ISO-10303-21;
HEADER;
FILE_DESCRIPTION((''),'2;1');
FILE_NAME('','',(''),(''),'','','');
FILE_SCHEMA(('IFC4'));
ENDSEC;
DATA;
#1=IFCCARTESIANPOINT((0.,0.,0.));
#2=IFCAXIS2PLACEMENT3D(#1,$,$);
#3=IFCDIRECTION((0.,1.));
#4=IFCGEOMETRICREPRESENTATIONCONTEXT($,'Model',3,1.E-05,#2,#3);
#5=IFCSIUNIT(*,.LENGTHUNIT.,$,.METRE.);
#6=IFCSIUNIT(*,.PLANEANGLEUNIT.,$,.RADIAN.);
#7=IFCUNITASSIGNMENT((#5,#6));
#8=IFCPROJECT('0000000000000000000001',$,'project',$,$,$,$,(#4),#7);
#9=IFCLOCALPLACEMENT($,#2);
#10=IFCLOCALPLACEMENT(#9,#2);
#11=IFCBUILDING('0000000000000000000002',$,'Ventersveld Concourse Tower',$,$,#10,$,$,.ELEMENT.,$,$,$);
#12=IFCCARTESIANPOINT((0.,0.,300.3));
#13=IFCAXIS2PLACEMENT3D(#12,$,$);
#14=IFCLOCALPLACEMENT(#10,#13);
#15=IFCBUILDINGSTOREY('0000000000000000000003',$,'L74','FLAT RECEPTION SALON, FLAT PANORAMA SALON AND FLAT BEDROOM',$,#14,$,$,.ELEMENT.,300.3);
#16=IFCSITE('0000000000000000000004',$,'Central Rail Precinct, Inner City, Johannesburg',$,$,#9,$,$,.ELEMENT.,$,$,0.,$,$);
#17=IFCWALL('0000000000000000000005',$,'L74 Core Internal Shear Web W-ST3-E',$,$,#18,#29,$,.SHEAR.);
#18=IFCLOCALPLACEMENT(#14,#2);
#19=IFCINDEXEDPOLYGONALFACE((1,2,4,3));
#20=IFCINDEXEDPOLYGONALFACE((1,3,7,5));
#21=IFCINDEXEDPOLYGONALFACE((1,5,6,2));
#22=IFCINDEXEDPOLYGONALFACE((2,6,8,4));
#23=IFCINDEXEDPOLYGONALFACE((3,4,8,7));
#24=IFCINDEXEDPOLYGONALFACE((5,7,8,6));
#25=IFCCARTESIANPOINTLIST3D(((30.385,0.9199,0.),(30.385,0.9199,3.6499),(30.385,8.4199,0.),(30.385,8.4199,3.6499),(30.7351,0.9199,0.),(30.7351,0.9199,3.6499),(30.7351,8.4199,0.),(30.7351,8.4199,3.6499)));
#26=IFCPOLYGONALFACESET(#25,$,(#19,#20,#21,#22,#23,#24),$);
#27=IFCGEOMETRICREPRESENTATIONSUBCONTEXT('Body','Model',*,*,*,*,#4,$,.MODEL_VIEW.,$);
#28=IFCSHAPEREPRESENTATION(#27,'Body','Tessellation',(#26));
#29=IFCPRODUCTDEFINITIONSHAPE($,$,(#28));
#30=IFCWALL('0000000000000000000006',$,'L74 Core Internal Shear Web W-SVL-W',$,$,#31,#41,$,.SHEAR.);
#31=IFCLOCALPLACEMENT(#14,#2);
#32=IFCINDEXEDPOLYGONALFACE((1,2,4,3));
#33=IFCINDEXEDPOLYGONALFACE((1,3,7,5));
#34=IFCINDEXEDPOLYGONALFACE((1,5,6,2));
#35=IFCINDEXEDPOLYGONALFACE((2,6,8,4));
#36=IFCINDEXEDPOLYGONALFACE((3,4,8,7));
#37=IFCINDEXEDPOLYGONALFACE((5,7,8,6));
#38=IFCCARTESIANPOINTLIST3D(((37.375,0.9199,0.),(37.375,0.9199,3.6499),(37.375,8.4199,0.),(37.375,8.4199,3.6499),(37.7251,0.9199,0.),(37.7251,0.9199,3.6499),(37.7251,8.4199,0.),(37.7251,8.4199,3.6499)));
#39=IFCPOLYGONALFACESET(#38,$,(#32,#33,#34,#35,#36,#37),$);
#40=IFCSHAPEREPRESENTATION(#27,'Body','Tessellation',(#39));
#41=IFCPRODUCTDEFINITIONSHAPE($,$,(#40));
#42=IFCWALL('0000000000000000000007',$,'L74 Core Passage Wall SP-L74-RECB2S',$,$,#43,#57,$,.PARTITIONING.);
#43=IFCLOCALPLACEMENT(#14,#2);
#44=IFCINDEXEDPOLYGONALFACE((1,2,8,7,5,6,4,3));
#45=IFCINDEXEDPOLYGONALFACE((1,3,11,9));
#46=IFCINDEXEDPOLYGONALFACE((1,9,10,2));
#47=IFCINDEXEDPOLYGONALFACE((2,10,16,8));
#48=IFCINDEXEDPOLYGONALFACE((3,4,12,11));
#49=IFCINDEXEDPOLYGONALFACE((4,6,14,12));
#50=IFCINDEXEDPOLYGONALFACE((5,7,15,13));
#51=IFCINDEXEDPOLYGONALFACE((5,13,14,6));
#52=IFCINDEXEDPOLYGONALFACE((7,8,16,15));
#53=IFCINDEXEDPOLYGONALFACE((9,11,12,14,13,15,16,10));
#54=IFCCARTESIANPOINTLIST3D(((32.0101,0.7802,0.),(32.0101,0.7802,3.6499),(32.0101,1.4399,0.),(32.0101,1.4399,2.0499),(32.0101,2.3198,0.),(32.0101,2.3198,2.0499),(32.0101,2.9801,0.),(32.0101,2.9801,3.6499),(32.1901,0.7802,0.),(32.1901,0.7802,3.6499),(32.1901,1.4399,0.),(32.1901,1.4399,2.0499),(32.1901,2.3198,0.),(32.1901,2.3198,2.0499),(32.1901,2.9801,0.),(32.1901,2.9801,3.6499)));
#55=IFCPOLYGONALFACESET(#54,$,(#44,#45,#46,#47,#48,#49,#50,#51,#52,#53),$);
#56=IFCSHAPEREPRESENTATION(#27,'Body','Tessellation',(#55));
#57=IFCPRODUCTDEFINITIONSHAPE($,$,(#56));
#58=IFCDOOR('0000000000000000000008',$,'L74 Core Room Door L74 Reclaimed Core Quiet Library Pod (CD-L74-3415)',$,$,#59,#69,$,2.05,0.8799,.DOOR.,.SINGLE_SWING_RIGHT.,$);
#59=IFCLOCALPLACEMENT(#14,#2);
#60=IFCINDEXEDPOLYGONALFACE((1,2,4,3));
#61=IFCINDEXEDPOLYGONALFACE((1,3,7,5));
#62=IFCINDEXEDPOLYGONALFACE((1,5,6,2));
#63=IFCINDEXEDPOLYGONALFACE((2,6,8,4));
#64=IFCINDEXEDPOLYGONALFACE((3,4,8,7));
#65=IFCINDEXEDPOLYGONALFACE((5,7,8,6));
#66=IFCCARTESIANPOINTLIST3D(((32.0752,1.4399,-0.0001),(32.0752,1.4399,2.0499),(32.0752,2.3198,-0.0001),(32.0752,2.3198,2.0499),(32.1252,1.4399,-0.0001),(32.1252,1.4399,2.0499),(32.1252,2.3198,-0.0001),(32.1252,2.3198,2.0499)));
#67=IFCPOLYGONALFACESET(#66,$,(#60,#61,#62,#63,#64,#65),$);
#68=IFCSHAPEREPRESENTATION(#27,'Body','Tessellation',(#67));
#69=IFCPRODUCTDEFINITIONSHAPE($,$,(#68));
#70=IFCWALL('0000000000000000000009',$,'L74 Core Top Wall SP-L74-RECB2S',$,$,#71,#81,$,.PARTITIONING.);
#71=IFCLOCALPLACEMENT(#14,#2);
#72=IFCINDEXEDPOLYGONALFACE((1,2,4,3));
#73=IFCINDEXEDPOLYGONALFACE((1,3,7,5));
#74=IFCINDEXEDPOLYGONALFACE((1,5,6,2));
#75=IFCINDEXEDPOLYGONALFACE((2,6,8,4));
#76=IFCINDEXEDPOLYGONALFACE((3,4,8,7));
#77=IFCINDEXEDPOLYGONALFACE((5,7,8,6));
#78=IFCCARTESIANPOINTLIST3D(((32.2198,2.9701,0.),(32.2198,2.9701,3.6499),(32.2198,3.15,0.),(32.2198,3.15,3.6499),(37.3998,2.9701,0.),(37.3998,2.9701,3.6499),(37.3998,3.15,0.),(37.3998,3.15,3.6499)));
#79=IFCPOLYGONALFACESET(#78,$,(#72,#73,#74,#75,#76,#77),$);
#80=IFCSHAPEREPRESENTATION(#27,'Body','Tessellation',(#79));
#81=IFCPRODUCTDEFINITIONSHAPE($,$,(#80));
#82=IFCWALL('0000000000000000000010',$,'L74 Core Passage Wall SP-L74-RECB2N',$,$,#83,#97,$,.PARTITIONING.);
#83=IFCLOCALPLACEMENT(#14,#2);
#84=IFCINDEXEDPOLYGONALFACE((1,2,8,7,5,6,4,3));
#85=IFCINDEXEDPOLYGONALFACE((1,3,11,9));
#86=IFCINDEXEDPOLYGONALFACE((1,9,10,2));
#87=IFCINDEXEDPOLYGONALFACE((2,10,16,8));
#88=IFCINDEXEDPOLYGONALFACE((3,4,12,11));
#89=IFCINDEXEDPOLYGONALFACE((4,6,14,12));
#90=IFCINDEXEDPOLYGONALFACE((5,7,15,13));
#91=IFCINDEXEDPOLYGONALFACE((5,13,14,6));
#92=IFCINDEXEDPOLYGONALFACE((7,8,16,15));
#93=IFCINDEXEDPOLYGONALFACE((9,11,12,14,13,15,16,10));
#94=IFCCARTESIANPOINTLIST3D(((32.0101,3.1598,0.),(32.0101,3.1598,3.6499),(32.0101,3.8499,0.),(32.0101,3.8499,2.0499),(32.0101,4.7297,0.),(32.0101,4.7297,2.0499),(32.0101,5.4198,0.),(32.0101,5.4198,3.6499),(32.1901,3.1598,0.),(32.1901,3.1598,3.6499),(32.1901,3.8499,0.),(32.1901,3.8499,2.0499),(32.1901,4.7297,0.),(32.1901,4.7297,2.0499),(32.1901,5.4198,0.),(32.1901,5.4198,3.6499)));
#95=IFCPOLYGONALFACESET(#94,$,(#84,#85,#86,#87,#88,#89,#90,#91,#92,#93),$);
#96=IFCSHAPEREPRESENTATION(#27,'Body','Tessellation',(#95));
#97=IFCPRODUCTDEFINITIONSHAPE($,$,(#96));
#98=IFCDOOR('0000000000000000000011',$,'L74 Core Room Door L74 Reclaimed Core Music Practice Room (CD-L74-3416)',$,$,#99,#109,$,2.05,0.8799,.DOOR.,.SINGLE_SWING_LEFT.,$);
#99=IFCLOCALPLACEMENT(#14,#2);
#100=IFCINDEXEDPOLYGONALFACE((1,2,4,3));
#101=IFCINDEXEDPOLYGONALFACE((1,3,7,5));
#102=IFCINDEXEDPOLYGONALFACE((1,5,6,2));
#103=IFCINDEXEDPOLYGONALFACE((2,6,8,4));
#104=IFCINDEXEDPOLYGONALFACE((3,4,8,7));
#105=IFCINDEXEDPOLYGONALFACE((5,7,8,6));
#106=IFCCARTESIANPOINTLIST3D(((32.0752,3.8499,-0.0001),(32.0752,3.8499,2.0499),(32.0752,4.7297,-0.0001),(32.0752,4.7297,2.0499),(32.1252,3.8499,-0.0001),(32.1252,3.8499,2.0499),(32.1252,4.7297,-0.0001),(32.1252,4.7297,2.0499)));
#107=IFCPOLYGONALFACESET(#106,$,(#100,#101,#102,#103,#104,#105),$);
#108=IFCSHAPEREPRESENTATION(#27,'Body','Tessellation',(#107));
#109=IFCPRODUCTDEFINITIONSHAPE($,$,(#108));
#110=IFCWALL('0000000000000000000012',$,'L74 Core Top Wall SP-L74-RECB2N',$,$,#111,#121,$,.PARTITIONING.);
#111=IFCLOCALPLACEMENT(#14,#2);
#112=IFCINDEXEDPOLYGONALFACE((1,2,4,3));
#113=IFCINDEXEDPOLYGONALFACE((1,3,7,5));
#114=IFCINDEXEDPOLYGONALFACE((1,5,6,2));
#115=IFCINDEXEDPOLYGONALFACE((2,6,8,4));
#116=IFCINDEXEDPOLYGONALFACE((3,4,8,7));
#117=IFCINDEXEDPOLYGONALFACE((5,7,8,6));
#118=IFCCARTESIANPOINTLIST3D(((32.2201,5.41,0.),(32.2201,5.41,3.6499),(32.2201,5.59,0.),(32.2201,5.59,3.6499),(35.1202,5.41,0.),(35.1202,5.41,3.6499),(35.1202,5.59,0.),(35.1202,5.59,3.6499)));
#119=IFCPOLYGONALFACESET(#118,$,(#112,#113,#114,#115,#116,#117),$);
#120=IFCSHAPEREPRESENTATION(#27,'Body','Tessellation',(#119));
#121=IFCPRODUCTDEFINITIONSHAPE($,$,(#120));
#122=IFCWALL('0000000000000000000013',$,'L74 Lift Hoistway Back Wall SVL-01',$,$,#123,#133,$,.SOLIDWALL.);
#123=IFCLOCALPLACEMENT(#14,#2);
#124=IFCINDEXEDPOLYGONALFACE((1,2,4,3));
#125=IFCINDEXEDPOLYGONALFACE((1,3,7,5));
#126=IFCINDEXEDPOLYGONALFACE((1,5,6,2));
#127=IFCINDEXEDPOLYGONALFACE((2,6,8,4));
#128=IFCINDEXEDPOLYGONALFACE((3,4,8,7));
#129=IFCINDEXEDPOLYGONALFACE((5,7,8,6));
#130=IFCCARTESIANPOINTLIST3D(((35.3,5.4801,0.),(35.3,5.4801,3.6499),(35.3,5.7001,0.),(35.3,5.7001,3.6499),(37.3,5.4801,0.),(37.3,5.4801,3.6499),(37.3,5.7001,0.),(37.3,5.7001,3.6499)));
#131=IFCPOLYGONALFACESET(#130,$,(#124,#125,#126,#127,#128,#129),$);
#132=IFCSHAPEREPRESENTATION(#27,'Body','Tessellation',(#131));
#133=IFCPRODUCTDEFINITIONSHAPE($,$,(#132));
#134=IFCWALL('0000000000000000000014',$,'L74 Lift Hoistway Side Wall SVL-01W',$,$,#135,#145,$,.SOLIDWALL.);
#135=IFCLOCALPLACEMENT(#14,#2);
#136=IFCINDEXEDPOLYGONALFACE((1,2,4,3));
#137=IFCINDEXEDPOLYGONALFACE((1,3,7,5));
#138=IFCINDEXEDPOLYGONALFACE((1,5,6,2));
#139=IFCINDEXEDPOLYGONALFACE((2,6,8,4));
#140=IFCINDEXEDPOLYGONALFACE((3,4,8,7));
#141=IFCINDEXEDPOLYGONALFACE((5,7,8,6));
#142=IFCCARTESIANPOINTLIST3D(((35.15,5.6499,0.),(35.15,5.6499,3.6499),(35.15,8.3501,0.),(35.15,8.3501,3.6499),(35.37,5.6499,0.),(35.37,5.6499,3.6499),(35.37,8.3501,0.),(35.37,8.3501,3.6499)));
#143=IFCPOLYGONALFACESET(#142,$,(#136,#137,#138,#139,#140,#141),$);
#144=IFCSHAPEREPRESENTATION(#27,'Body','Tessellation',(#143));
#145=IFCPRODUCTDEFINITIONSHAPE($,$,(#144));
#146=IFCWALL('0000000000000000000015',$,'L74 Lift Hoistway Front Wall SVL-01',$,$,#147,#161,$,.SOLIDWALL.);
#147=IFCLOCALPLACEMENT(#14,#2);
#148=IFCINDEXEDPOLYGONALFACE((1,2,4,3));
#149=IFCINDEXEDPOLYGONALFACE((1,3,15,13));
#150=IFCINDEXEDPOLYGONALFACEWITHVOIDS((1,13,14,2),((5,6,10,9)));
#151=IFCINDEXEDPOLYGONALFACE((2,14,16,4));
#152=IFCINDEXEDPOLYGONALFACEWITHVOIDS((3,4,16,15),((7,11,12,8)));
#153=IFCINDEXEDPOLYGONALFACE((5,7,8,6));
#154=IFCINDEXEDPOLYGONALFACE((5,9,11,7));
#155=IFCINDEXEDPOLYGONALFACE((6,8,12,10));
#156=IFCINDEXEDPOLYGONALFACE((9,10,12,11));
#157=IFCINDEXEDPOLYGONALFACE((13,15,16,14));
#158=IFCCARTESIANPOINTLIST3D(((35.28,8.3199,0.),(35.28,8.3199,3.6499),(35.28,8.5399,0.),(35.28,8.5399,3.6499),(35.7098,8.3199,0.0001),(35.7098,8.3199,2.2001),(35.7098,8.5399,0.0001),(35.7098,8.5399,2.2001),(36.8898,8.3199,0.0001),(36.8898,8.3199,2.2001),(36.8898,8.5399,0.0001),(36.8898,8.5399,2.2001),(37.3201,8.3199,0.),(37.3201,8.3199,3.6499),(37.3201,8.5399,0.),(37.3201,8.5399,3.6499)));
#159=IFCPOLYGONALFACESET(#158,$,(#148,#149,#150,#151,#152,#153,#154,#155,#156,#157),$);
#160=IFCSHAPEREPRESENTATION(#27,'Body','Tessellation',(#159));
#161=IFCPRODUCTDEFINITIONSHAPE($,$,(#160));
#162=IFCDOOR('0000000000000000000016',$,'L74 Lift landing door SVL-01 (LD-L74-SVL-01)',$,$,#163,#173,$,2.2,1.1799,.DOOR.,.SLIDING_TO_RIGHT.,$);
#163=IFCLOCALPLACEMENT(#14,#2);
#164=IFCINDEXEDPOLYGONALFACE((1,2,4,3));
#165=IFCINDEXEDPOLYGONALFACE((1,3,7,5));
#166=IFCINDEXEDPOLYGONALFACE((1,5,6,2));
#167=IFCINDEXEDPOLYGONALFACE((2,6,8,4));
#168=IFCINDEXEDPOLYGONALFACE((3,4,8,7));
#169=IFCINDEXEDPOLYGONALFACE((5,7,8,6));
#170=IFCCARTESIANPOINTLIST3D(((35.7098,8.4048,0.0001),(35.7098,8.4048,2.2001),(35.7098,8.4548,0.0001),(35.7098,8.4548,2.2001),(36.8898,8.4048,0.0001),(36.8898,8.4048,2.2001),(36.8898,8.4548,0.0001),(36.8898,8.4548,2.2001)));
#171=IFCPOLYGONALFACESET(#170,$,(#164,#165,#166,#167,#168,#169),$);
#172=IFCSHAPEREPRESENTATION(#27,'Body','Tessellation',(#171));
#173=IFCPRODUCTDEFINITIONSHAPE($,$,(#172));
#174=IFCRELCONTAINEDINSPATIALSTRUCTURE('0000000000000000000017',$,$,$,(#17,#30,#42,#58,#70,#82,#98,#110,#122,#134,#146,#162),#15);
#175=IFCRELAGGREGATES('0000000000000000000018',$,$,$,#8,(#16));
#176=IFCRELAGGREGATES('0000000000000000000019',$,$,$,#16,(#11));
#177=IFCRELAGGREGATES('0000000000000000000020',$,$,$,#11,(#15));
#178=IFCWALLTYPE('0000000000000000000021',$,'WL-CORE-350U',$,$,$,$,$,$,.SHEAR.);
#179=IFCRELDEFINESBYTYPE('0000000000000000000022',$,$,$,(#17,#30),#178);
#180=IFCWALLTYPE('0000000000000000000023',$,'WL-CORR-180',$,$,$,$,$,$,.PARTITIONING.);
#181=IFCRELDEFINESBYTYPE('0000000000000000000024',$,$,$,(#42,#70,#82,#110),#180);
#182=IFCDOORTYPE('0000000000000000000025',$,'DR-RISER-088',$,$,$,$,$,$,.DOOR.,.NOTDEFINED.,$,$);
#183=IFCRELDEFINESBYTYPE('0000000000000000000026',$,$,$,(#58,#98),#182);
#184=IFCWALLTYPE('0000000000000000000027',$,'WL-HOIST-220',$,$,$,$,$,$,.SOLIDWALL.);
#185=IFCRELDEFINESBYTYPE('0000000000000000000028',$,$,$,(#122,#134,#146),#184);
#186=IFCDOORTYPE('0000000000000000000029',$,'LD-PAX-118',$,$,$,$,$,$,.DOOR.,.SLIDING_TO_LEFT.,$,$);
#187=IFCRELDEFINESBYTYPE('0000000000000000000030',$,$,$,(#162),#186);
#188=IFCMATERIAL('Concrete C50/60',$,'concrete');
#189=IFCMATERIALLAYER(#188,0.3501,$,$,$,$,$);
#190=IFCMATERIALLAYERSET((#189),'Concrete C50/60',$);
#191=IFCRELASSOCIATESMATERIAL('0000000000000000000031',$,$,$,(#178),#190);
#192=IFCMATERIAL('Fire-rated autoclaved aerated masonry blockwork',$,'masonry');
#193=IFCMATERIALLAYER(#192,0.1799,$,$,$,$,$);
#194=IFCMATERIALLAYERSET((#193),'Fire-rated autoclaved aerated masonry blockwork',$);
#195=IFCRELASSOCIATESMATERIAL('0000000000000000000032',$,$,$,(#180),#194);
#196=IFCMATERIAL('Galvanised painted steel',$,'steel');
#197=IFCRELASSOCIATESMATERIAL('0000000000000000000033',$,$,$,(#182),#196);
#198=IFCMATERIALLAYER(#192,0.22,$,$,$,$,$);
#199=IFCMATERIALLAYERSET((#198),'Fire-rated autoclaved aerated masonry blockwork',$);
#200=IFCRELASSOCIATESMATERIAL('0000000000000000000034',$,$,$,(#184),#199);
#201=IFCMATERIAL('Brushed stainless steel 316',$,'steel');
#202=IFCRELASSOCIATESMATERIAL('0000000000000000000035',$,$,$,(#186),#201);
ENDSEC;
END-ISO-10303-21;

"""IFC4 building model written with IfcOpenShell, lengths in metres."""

from ifc_helpers import new_model, si_unit, direction, frame, frame_2d, origin, place, context, subcontext, project, spatial, rectangle, extrude, material, layer, layer_set, type_object, element, fill, save


model = new_model("IFC4")

# Units and contexts
model_context = context("Model", 3, precision=1e-05, world=origin(), true_north=direction((0.0, 1.0)))
body_context = subcontext(model_context, "Body", "Model", "MODEL_VIEW")
ifc_project = project(units=[si_unit("LENGTHUNIT", "METRE"), si_unit("PLANEANGLEUNIT", "RADIAN")], contexts=[model_context])

# Site, building, storey
site_placement = place(None, origin())
site = spatial("IfcSite", under=ifc_project, at=site_placement, Name="Central Rail Precinct, Inner City, Johannesburg", CompositionType="ELEMENT", RefElevation=0.0)
building_placement = place(site_placement, origin())
building = spatial("IfcBuilding", under=site, at=building_placement, Name="Ventersveld Concourse Tower", CompositionType="ELEMENT")
storey_placement = place(building_placement, frame((0.0, 0.0, 300.3)))
storey = spatial("IfcBuildingStorey", under=building, at=storey_placement, Name="L74", Description="FLAT RECEPTION SALON, FLAT PANORAMA SALON AND FLAT BEDROOM", CompositionType="ELEMENT", Elevation=300.3)

# Shared definitions
ifc_material_1 = material(Name="Concrete C50/60", Category="concrete")

# Walls
ifc_layer_1 = layer(ifc_material_1, 0.3501)
ifc_layer_set_1 = layer_set([ifc_layer_1], Name="Concrete C50/60")
wall_type_1 = type_object("IfcWallType", Name="WL-CORE-350U", PredefinedType="SHEAR", material=ifc_layer_set_1)
for number, where, z_axis, x_axis, name in (
    (1, (30.5601, 0.9199, 0.0), (0.0, 0.0, 1.0), (0.0, 1.0, 0.0), "L74 Core Internal Shear Web W-ST3-E"),
    (2, (37.55, 0.9199, 0.0), (0.0, 0.0, 1.0), (0.0, 1.0, 0.0), "L74 Core Internal Shear Web W-SVL-W"),
):
    element("IfcWall", number, at=place(storey_placement, frame(where, z_axis=z_axis, x_axis=x_axis)), inside=storey, type_object=wall_type_1, Name=name, PredefinedType="SHEAR", context=body_context, shape_type="SweptSolid", body=[
        extrude(rectangle(XDim=7.5, YDim=0.3501, at=frame_2d((3.75, 0.0))), origin(), (0.0, 0.0, 1.0), 3.6499),
    ])

# Wall, opening, door
ifc_material_2 = material(Name="Fire-rated autoclaved aerated masonry blockwork", Category="masonry")
ifc_layer_2 = layer(ifc_material_2, 0.1799)
ifc_layer_set_2 = layer_set([ifc_layer_2], Name="Fire-rated autoclaved aerated masonry blockwork")
wall_type_2 = type_object("IfcWallType", Name="WL-CORR-180", PredefinedType="PARTITIONING", material=ifc_layer_set_2)
wall_1_placement = place(storey_placement, frame((32.1001, 0.78, 0.0), z_axis=(0.0, 0.0, 1.0), x_axis=(0.0, 1.0, 0.0)))
wall_1 = element("IfcWall", 3, at=wall_1_placement, inside=storey, type_object=wall_type_2, Name="L74 Core Passage Wall SP-L74-RECB2S", PredefinedType="PARTITIONING", context=body_context, shape_type="SweptSolid", body=[
    extrude(rectangle(XDim=2.2, YDim=0.1799, at=frame_2d((1.1001, 0.0))), origin(), (0.0, 0.0, 1.0), 3.6499),
])
opening_1_placement = place(wall_1_placement, frame((0.6599, 0.0, 0.0)))
opening_1 = element("IfcOpeningElement", 4, at=opening_1_placement, cuts=wall_1, PredefinedType="OPENING", context=body_context, shape_type="SweptSolid", body=[
    extrude(rectangle(XDim=0.8799, YDim=2.05, at=frame_2d((0.4399, 1.0249))), frame((0.0, 0.1001, 0.0), z_axis=(0.0, -1.0, 0.0), x_axis=(1.0, 0.0, 0.0)), (0.0, 0.0, 1.0), 0.2),
])
ifc_material_3 = material(Name="Galvanised painted steel", Category="steel")
door_type_1 = type_object("IfcDoorType", Name="DR-RISER-088", OperationType="NOTDEFINED", PredefinedType="DOOR", material=ifc_material_3)
door_1_placement = place(opening_1_placement, origin())
door_1 = element("IfcDoor", 5, at=door_1_placement, inside=storey, type_object=door_type_1, Name="L74 Core Room Door L74 Reclaimed Core Quiet Library Pod (CD-L74-3415)", OperationType="SINGLE_SWING_RIGHT", OverallHeight=2.05, OverallWidth=0.8799, PredefinedType="DOOR", context=body_context, shape_type="SweptSolid", body=[
    extrude(rectangle(XDim=0.8799, YDim=2.05, at=frame_2d((0.4399, 1.0249))), frame((0.0, 0.0249, 0.0), z_axis=(0.0, -1.0, 0.0), x_axis=(1.0, 0.0, 0.0)), (0.0, 0.0, 1.0), 0.05),
])
fill(opening_1, door_1)

# Wall
wall_2_placement = place(storey_placement, frame((32.22, 3.0601, 0.0), z_axis=(0.0, 0.0, 1.0), x_axis=(1.0, 0.0, 0.0)))
element("IfcWall", 6, at=wall_2_placement, inside=storey, type_object=wall_type_2, Name="L74 Core Top Wall SP-L74-RECB2S", PredefinedType="PARTITIONING", context=body_context, shape_type="SweptSolid", body=[
    extrude(rectangle(XDim=5.1799, YDim=0.1799, at=frame_2d((2.5898, 0.0))), origin(), (0.0, 0.0, 1.0), 3.6499),
])

# Wall, opening, door
wall_3_placement = place(storey_placement, frame((32.1001, 3.1599, 0.0), z_axis=(0.0, 0.0, 1.0), x_axis=(0.0, 1.0, 0.0)))
wall_3 = element("IfcWall", 7, at=wall_3_placement, inside=storey, type_object=wall_type_2, Name="L74 Core Passage Wall SP-L74-RECB2N", PredefinedType="PARTITIONING", context=body_context, shape_type="SweptSolid", body=[
    extrude(rectangle(XDim=2.26, YDim=0.1799, at=frame_2d((1.1299, 0.0))), origin(), (0.0, 0.0, 1.0), 3.6499),
])
opening_2_placement = place(wall_3_placement, frame((0.6899, 0.0, 0.0)))
opening_2 = element("IfcOpeningElement", 8, at=opening_2_placement, cuts=wall_3, PredefinedType="OPENING", context=body_context, shape_type="SweptSolid", body=[
    extrude(rectangle(XDim=0.8799, YDim=2.05, at=frame_2d((0.4399, 1.0249))), frame((0.0, 0.1001, 0.0), z_axis=(0.0, -1.0, 0.0), x_axis=(1.0, 0.0, 0.0)), (0.0, 0.0, 1.0), 0.2),
])
door_2_placement = place(opening_2_placement, origin())
door_2 = element("IfcDoor", 9, at=door_2_placement, inside=storey, type_object=door_type_1, Name="L74 Core Room Door L74 Reclaimed Core Music Practice Room (CD-L74-3416)", OperationType="SINGLE_SWING_LEFT", OverallHeight=2.05, OverallWidth=0.8799, PredefinedType="DOOR", context=body_context, shape_type="SweptSolid", body=[
    extrude(rectangle(XDim=0.8799, YDim=2.05, at=frame_2d((0.4399, 1.0249))), frame((0.0, 0.0249, 0.0), z_axis=(0.0, -1.0, 0.0), x_axis=(1.0, 0.0, 0.0)), (0.0, 0.0, 1.0), 0.05),
])
fill(opening_2, door_2)

# Walls
wall_4_placement = place(storey_placement, frame((32.22, 5.5, 0.0), z_axis=(0.0, 0.0, 1.0), x_axis=(1.0, 0.0, 0.0)))
element("IfcWall", 10, at=wall_4_placement, inside=storey, type_object=wall_type_2, Name="L74 Core Top Wall SP-L74-RECB2N", PredefinedType="PARTITIONING", context=body_context, shape_type="SweptSolid", body=[
    extrude(rectangle(XDim=2.9001, YDim=0.1799, at=frame_2d((1.4502, 0.0))), origin(), (0.0, 0.0, 1.0), 3.6499),
])
ifc_layer_3 = layer(ifc_material_2, 0.22)
ifc_layer_set_3 = layer_set([ifc_layer_3], Name="Fire-rated autoclaved aerated masonry blockwork")
wall_type_3 = type_object("IfcWallType", Name="WL-HOIST-220", PredefinedType="SOLIDWALL", material=ifc_layer_set_3)
wall_5_placement = place(storey_placement, frame((35.3, 5.5901, 0.0), z_axis=(0.0, 0.0, 1.0), x_axis=(1.0, 0.0, 0.0)))
element("IfcWall", 11, at=wall_5_placement, inside=storey, type_object=wall_type_3, Name="L74 Lift Hoistway Back Wall SVL-01", PredefinedType="SOLIDWALL", context=body_context, shape_type="SweptSolid", body=[
    extrude(rectangle(XDim=2.0, YDim=0.22, at=frame_2d((1.0, 0.0))), origin(), (0.0, 0.0, 1.0), 3.6499),
])
wall_6_placement = place(storey_placement, frame((35.26, 5.6499, 0.0), z_axis=(0.0, 0.0, 1.0), x_axis=(0.0, 1.0, 0.0)))
element("IfcWall", 12, at=wall_6_placement, inside=storey, type_object=wall_type_3, Name="L74 Lift Hoistway Side Wall SVL-01W", PredefinedType="SOLIDWALL", context=body_context, shape_type="SweptSolid", body=[
    extrude(rectangle(XDim=2.7002, YDim=0.22, at=frame_2d((1.3501, 0.0))), origin(), (0.0, 0.0, 1.0), 3.6499),
])

# Wall, opening, door
wall_7_placement = place(storey_placement, frame((35.28, 8.4299, 0.0), z_axis=(0.0, 0.0, 1.0), x_axis=(1.0, 0.0, 0.0)))
wall_7 = element("IfcWall", 13, at=wall_7_placement, inside=storey, type_object=wall_type_3, Name="L74 Lift Hoistway Front Wall SVL-01", PredefinedType="SOLIDWALL", context=body_context, shape_type="SweptSolid", body=[
    extrude(rectangle(XDim=2.04, YDim=0.22, at=frame_2d((1.02, 0.0))), origin(), (0.0, 0.0, 1.0), 3.6499),
])
opening_3_placement = place(wall_7_placement, frame((0.4299, 0.0, 0.0)))
opening_3 = element("IfcOpeningElement", 14, at=opening_3_placement, cuts=wall_7, PredefinedType="OPENING", context=body_context, shape_type="SweptSolid", body=[
    extrude(rectangle(XDim=1.1799, YDim=2.2, at=frame_2d((0.5898, 1.1001))), frame((0.0, 0.1201, 0.0), z_axis=(0.0, -1.0, 0.0), x_axis=(1.0, 0.0, 0.0)), (0.0, 0.0, 1.0), 0.24),
])
ifc_material_4 = material(Name="Brushed stainless steel 316", Category="steel")
door_type_2 = type_object("IfcDoorType", Name="LD-PAX-118", OperationType="SLIDING_TO_LEFT", PredefinedType="DOOR", material=ifc_material_4)
door_3_placement = place(opening_3_placement, origin())
door_3 = element("IfcDoor", 15, at=door_3_placement, inside=storey, type_object=door_type_2, Name="L74 Lift landing door SVL-01 (LD-L74-SVL-01)", OperationType="SLIDING_TO_RIGHT", OverallHeight=2.2, OverallWidth=1.1799, PredefinedType="DOOR", context=body_context, shape_type="SweptSolid", body=[
    extrude(rectangle(XDim=1.1799, YDim=2.2, at=frame_2d((0.5898, 1.1001))), frame((0.0, 0.0249, 0.0), z_axis=(0.0, -1.0, 0.0), x_axis=(1.0, 0.0, 0.0)), (0.0, 0.0, 1.0), 0.05),
])
fill(opening_3, door_3)

save(model, "model.ifc")
